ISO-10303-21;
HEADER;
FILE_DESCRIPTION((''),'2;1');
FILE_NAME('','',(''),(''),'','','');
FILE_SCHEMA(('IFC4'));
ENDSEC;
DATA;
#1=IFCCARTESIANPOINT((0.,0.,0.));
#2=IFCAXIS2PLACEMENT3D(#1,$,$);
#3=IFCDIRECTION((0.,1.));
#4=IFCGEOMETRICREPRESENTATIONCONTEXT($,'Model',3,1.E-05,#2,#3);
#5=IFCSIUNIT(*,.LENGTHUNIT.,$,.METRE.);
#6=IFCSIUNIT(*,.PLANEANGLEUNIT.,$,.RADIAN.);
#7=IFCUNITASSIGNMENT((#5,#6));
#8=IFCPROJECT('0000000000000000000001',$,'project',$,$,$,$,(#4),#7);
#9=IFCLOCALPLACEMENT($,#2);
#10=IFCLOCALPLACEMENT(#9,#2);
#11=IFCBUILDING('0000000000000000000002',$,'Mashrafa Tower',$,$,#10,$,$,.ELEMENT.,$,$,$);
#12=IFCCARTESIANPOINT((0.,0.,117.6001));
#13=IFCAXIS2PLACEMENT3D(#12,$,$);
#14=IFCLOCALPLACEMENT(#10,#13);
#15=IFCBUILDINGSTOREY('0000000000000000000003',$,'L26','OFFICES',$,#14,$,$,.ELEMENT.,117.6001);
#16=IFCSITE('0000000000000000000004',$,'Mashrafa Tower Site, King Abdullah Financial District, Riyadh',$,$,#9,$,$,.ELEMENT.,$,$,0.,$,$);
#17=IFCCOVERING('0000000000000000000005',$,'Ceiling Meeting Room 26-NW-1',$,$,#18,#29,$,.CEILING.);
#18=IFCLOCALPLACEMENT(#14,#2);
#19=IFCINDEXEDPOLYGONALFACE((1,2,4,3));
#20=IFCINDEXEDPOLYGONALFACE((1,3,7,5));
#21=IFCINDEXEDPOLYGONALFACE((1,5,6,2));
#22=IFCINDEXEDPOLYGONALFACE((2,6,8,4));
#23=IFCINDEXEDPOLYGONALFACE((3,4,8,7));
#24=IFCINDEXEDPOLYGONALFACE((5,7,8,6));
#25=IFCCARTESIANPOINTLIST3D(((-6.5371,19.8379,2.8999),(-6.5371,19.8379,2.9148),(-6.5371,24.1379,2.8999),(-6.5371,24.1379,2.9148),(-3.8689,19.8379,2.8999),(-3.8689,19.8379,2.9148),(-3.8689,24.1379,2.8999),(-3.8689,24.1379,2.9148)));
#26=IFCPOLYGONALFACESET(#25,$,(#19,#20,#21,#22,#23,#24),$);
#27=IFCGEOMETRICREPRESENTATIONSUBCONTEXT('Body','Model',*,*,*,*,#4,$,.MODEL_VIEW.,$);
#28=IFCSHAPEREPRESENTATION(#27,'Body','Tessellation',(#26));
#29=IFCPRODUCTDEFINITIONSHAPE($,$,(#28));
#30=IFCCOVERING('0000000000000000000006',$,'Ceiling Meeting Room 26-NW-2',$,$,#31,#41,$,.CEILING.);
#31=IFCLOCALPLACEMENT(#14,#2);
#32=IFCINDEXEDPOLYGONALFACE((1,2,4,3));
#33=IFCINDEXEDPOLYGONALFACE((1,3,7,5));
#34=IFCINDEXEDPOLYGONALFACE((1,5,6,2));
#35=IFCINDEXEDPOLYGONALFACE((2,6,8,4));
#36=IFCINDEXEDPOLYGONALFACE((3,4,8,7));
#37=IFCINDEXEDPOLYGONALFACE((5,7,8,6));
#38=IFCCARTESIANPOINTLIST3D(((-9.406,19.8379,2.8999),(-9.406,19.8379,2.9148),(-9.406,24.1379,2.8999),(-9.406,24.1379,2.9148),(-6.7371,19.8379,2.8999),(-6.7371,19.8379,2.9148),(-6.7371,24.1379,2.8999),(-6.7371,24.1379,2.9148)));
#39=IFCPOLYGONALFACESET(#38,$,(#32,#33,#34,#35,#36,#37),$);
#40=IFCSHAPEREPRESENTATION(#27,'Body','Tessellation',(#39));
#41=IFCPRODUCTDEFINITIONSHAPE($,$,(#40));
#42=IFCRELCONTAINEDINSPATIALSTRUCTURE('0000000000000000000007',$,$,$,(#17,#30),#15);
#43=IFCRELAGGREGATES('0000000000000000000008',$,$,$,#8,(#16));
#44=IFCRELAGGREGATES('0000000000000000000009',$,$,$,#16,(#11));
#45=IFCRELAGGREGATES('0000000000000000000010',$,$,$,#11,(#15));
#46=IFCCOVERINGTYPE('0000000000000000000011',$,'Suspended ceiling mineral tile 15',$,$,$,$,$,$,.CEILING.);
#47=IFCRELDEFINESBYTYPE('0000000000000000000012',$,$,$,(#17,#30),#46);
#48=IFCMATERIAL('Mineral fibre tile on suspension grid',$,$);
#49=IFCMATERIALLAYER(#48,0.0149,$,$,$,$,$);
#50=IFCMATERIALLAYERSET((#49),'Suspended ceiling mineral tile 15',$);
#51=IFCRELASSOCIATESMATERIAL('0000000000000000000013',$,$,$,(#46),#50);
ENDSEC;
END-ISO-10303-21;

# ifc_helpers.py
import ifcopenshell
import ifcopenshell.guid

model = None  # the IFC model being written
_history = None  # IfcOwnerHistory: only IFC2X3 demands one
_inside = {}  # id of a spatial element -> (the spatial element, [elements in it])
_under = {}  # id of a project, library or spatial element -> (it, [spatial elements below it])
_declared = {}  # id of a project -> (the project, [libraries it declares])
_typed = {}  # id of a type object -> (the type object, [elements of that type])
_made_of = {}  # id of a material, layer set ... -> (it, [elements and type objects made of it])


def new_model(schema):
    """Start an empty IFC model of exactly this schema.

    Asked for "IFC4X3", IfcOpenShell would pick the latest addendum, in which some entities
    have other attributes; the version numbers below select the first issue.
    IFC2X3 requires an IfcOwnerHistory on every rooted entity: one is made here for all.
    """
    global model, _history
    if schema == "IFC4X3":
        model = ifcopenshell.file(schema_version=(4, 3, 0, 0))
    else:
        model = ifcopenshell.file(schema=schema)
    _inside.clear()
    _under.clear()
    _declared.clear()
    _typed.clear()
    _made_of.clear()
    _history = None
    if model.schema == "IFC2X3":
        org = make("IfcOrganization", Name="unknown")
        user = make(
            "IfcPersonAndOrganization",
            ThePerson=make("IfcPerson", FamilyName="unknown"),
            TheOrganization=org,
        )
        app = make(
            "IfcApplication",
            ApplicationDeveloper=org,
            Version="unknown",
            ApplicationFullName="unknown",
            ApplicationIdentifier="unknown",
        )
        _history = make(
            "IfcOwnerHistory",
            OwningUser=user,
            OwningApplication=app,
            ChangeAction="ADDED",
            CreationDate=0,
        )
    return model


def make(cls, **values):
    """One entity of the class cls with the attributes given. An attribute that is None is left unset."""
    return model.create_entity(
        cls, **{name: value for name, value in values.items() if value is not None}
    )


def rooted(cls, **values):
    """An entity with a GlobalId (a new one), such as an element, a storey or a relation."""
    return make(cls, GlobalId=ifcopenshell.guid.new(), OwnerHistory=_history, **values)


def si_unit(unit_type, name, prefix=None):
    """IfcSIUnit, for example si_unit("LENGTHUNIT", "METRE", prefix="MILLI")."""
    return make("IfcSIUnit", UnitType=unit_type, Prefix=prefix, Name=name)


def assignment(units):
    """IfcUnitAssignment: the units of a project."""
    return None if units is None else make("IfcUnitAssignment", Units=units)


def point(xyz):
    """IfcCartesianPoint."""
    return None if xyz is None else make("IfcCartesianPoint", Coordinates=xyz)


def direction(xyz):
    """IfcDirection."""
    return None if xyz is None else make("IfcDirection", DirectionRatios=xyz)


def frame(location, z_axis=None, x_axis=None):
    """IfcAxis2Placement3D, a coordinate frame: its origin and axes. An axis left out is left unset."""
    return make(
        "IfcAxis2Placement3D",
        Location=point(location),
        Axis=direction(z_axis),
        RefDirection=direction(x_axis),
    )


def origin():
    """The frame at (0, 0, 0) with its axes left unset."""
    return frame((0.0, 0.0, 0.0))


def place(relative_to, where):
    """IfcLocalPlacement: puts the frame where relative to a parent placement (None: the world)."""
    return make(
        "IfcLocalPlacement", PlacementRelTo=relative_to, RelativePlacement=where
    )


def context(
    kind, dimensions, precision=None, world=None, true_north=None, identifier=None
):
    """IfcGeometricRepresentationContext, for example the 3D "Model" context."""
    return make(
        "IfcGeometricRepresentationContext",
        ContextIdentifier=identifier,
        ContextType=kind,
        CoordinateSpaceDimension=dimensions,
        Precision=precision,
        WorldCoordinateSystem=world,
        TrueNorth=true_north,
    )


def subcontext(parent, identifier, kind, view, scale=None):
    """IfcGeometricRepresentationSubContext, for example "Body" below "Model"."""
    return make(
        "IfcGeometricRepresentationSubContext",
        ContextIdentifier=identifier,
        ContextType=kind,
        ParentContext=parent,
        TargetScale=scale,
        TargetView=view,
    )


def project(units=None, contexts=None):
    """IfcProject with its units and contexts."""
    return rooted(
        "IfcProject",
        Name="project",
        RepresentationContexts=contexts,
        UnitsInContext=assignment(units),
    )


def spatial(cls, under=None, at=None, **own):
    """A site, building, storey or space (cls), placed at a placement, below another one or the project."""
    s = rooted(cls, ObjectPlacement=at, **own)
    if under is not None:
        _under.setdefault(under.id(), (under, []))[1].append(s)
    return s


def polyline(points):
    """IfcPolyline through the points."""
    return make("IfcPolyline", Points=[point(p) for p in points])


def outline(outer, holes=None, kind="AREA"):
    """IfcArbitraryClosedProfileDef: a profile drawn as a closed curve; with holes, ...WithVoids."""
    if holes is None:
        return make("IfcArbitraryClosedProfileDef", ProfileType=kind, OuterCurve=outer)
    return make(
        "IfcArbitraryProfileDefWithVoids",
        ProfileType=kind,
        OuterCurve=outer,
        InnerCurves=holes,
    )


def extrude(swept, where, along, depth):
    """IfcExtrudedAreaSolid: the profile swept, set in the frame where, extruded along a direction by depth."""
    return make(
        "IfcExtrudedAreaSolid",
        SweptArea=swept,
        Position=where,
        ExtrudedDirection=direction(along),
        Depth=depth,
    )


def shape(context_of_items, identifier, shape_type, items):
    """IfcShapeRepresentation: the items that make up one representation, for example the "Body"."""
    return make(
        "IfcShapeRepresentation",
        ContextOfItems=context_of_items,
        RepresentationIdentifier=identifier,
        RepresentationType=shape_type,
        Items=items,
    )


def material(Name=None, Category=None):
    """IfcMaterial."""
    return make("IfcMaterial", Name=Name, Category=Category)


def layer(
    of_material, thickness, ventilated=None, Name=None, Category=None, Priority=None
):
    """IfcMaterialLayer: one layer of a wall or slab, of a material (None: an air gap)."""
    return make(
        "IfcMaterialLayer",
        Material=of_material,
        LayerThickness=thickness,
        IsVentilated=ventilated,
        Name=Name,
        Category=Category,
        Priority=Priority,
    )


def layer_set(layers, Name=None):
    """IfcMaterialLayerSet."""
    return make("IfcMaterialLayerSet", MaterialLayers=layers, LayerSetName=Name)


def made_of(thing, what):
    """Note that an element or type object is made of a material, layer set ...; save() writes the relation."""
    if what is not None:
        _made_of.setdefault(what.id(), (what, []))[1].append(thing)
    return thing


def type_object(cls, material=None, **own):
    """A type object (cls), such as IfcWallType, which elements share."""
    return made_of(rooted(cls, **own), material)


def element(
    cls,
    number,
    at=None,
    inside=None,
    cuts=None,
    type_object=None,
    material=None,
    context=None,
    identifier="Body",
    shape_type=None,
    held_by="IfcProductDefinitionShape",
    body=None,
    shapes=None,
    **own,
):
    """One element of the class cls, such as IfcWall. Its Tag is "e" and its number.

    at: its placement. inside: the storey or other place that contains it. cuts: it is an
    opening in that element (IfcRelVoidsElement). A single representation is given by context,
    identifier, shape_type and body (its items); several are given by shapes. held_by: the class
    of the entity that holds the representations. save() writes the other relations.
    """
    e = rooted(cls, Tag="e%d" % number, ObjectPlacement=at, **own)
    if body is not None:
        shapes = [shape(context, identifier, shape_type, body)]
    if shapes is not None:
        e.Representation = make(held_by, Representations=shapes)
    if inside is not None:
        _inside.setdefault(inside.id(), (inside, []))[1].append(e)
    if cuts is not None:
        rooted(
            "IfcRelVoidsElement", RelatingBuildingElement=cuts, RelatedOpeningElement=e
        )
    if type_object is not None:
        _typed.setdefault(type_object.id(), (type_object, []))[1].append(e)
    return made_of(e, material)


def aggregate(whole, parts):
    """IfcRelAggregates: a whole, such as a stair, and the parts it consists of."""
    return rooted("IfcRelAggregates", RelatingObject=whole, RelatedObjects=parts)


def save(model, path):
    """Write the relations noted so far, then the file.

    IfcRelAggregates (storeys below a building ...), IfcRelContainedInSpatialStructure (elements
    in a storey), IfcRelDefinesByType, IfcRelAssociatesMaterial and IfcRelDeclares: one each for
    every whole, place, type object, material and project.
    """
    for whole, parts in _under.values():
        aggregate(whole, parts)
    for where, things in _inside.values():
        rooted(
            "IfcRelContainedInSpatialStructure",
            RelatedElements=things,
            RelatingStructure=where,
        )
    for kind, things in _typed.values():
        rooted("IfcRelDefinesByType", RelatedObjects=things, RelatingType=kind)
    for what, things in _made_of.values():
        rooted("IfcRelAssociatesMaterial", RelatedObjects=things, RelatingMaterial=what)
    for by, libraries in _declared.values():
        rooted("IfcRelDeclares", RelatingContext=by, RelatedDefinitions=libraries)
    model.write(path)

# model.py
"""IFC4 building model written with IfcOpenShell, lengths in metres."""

from ifc_helpers import new_model, si_unit, direction, frame, origin, place, context, subcontext, project, spatial, polyline, outline, extrude, material, layer, layer_set, type_object, element, save


model = new_model("IFC4")

# Units and contexts
model_context = context("Model", 3, precision=1e-05, world=origin(), true_north=direction((0.0, 1.0)))
body_context = subcontext(model_context, "Body", "Model", "MODEL_VIEW")
ifc_project = project(units=[si_unit("LENGTHUNIT", "METRE"), si_unit("PLANEANGLEUNIT", "RADIAN")], contexts=[model_context])

# Site, building, storey
site_placement = place(None, origin())
site = spatial("IfcSite", under=ifc_project, at=site_placement, Name="Mashrafa Tower Site, King Abdullah Financial District, Riyadh", CompositionType="ELEMENT", RefElevation=0.0)
building_placement = place(site_placement, origin())
building = spatial("IfcBuilding", under=site, at=building_placement, Name="Mashrafa Tower", CompositionType="ELEMENT")
storey_placement = place(building_placement, frame((0.0, 0.0, 117.6001)))
storey = spatial("IfcBuildingStorey", under=building, at=storey_placement, Name="L26", Description="OFFICES", CompositionType="ELEMENT", Elevation=117.6001)

# Coverings
ifc_material_1 = material(Name="Mineral fibre tile on suspension grid")
ifc_layer_1 = layer(ifc_material_1, 0.0149)
ifc_layer_set_1 = layer_set([ifc_layer_1], Name="Suspended ceiling mineral tile 15")
covering_type = type_object("IfcCoveringType", Name="Suspended ceiling mineral tile 15", PredefinedType="CEILING", material=ifc_layer_set_1)
covering_1_placement = place(storey_placement, frame((0.0, 0.0, 2.8999)))
element("IfcCovering", 1, at=covering_1_placement, inside=storey, type_object=covering_type, Name="Ceiling Meeting Room 26-NW-1", PredefinedType="CEILING", context=body_context, shape_type="SweptSolid", body=[
    extrude(outline(polyline([(-6.5371, 24.1379), (-3.8689, 24.1379), (-3.8689, 19.8379), (-6.5371, 19.8379), (-6.5371, 24.1379)])), origin(), (0.0, 0.0, 1.0), 0.0149),
])
covering_2_placement = place(storey_placement, frame((0.0, 0.0, 2.8999)))
element("IfcCovering", 2, at=covering_2_placement, inside=storey, type_object=covering_type, Name="Ceiling Meeting Room 26-NW-2", PredefinedType="CEILING", context=body_context, shape_type="SweptSolid", body=[
    extrude(outline(polyline([(-9.406, 24.1379), (-6.7371, 24.1379), (-6.7371, 19.8379), (-9.406, 19.8379), (-9.406, 24.1379)])), origin(), (0.0, 0.0, 1.0), 0.0149),
])

save(model, "model.ifc")
